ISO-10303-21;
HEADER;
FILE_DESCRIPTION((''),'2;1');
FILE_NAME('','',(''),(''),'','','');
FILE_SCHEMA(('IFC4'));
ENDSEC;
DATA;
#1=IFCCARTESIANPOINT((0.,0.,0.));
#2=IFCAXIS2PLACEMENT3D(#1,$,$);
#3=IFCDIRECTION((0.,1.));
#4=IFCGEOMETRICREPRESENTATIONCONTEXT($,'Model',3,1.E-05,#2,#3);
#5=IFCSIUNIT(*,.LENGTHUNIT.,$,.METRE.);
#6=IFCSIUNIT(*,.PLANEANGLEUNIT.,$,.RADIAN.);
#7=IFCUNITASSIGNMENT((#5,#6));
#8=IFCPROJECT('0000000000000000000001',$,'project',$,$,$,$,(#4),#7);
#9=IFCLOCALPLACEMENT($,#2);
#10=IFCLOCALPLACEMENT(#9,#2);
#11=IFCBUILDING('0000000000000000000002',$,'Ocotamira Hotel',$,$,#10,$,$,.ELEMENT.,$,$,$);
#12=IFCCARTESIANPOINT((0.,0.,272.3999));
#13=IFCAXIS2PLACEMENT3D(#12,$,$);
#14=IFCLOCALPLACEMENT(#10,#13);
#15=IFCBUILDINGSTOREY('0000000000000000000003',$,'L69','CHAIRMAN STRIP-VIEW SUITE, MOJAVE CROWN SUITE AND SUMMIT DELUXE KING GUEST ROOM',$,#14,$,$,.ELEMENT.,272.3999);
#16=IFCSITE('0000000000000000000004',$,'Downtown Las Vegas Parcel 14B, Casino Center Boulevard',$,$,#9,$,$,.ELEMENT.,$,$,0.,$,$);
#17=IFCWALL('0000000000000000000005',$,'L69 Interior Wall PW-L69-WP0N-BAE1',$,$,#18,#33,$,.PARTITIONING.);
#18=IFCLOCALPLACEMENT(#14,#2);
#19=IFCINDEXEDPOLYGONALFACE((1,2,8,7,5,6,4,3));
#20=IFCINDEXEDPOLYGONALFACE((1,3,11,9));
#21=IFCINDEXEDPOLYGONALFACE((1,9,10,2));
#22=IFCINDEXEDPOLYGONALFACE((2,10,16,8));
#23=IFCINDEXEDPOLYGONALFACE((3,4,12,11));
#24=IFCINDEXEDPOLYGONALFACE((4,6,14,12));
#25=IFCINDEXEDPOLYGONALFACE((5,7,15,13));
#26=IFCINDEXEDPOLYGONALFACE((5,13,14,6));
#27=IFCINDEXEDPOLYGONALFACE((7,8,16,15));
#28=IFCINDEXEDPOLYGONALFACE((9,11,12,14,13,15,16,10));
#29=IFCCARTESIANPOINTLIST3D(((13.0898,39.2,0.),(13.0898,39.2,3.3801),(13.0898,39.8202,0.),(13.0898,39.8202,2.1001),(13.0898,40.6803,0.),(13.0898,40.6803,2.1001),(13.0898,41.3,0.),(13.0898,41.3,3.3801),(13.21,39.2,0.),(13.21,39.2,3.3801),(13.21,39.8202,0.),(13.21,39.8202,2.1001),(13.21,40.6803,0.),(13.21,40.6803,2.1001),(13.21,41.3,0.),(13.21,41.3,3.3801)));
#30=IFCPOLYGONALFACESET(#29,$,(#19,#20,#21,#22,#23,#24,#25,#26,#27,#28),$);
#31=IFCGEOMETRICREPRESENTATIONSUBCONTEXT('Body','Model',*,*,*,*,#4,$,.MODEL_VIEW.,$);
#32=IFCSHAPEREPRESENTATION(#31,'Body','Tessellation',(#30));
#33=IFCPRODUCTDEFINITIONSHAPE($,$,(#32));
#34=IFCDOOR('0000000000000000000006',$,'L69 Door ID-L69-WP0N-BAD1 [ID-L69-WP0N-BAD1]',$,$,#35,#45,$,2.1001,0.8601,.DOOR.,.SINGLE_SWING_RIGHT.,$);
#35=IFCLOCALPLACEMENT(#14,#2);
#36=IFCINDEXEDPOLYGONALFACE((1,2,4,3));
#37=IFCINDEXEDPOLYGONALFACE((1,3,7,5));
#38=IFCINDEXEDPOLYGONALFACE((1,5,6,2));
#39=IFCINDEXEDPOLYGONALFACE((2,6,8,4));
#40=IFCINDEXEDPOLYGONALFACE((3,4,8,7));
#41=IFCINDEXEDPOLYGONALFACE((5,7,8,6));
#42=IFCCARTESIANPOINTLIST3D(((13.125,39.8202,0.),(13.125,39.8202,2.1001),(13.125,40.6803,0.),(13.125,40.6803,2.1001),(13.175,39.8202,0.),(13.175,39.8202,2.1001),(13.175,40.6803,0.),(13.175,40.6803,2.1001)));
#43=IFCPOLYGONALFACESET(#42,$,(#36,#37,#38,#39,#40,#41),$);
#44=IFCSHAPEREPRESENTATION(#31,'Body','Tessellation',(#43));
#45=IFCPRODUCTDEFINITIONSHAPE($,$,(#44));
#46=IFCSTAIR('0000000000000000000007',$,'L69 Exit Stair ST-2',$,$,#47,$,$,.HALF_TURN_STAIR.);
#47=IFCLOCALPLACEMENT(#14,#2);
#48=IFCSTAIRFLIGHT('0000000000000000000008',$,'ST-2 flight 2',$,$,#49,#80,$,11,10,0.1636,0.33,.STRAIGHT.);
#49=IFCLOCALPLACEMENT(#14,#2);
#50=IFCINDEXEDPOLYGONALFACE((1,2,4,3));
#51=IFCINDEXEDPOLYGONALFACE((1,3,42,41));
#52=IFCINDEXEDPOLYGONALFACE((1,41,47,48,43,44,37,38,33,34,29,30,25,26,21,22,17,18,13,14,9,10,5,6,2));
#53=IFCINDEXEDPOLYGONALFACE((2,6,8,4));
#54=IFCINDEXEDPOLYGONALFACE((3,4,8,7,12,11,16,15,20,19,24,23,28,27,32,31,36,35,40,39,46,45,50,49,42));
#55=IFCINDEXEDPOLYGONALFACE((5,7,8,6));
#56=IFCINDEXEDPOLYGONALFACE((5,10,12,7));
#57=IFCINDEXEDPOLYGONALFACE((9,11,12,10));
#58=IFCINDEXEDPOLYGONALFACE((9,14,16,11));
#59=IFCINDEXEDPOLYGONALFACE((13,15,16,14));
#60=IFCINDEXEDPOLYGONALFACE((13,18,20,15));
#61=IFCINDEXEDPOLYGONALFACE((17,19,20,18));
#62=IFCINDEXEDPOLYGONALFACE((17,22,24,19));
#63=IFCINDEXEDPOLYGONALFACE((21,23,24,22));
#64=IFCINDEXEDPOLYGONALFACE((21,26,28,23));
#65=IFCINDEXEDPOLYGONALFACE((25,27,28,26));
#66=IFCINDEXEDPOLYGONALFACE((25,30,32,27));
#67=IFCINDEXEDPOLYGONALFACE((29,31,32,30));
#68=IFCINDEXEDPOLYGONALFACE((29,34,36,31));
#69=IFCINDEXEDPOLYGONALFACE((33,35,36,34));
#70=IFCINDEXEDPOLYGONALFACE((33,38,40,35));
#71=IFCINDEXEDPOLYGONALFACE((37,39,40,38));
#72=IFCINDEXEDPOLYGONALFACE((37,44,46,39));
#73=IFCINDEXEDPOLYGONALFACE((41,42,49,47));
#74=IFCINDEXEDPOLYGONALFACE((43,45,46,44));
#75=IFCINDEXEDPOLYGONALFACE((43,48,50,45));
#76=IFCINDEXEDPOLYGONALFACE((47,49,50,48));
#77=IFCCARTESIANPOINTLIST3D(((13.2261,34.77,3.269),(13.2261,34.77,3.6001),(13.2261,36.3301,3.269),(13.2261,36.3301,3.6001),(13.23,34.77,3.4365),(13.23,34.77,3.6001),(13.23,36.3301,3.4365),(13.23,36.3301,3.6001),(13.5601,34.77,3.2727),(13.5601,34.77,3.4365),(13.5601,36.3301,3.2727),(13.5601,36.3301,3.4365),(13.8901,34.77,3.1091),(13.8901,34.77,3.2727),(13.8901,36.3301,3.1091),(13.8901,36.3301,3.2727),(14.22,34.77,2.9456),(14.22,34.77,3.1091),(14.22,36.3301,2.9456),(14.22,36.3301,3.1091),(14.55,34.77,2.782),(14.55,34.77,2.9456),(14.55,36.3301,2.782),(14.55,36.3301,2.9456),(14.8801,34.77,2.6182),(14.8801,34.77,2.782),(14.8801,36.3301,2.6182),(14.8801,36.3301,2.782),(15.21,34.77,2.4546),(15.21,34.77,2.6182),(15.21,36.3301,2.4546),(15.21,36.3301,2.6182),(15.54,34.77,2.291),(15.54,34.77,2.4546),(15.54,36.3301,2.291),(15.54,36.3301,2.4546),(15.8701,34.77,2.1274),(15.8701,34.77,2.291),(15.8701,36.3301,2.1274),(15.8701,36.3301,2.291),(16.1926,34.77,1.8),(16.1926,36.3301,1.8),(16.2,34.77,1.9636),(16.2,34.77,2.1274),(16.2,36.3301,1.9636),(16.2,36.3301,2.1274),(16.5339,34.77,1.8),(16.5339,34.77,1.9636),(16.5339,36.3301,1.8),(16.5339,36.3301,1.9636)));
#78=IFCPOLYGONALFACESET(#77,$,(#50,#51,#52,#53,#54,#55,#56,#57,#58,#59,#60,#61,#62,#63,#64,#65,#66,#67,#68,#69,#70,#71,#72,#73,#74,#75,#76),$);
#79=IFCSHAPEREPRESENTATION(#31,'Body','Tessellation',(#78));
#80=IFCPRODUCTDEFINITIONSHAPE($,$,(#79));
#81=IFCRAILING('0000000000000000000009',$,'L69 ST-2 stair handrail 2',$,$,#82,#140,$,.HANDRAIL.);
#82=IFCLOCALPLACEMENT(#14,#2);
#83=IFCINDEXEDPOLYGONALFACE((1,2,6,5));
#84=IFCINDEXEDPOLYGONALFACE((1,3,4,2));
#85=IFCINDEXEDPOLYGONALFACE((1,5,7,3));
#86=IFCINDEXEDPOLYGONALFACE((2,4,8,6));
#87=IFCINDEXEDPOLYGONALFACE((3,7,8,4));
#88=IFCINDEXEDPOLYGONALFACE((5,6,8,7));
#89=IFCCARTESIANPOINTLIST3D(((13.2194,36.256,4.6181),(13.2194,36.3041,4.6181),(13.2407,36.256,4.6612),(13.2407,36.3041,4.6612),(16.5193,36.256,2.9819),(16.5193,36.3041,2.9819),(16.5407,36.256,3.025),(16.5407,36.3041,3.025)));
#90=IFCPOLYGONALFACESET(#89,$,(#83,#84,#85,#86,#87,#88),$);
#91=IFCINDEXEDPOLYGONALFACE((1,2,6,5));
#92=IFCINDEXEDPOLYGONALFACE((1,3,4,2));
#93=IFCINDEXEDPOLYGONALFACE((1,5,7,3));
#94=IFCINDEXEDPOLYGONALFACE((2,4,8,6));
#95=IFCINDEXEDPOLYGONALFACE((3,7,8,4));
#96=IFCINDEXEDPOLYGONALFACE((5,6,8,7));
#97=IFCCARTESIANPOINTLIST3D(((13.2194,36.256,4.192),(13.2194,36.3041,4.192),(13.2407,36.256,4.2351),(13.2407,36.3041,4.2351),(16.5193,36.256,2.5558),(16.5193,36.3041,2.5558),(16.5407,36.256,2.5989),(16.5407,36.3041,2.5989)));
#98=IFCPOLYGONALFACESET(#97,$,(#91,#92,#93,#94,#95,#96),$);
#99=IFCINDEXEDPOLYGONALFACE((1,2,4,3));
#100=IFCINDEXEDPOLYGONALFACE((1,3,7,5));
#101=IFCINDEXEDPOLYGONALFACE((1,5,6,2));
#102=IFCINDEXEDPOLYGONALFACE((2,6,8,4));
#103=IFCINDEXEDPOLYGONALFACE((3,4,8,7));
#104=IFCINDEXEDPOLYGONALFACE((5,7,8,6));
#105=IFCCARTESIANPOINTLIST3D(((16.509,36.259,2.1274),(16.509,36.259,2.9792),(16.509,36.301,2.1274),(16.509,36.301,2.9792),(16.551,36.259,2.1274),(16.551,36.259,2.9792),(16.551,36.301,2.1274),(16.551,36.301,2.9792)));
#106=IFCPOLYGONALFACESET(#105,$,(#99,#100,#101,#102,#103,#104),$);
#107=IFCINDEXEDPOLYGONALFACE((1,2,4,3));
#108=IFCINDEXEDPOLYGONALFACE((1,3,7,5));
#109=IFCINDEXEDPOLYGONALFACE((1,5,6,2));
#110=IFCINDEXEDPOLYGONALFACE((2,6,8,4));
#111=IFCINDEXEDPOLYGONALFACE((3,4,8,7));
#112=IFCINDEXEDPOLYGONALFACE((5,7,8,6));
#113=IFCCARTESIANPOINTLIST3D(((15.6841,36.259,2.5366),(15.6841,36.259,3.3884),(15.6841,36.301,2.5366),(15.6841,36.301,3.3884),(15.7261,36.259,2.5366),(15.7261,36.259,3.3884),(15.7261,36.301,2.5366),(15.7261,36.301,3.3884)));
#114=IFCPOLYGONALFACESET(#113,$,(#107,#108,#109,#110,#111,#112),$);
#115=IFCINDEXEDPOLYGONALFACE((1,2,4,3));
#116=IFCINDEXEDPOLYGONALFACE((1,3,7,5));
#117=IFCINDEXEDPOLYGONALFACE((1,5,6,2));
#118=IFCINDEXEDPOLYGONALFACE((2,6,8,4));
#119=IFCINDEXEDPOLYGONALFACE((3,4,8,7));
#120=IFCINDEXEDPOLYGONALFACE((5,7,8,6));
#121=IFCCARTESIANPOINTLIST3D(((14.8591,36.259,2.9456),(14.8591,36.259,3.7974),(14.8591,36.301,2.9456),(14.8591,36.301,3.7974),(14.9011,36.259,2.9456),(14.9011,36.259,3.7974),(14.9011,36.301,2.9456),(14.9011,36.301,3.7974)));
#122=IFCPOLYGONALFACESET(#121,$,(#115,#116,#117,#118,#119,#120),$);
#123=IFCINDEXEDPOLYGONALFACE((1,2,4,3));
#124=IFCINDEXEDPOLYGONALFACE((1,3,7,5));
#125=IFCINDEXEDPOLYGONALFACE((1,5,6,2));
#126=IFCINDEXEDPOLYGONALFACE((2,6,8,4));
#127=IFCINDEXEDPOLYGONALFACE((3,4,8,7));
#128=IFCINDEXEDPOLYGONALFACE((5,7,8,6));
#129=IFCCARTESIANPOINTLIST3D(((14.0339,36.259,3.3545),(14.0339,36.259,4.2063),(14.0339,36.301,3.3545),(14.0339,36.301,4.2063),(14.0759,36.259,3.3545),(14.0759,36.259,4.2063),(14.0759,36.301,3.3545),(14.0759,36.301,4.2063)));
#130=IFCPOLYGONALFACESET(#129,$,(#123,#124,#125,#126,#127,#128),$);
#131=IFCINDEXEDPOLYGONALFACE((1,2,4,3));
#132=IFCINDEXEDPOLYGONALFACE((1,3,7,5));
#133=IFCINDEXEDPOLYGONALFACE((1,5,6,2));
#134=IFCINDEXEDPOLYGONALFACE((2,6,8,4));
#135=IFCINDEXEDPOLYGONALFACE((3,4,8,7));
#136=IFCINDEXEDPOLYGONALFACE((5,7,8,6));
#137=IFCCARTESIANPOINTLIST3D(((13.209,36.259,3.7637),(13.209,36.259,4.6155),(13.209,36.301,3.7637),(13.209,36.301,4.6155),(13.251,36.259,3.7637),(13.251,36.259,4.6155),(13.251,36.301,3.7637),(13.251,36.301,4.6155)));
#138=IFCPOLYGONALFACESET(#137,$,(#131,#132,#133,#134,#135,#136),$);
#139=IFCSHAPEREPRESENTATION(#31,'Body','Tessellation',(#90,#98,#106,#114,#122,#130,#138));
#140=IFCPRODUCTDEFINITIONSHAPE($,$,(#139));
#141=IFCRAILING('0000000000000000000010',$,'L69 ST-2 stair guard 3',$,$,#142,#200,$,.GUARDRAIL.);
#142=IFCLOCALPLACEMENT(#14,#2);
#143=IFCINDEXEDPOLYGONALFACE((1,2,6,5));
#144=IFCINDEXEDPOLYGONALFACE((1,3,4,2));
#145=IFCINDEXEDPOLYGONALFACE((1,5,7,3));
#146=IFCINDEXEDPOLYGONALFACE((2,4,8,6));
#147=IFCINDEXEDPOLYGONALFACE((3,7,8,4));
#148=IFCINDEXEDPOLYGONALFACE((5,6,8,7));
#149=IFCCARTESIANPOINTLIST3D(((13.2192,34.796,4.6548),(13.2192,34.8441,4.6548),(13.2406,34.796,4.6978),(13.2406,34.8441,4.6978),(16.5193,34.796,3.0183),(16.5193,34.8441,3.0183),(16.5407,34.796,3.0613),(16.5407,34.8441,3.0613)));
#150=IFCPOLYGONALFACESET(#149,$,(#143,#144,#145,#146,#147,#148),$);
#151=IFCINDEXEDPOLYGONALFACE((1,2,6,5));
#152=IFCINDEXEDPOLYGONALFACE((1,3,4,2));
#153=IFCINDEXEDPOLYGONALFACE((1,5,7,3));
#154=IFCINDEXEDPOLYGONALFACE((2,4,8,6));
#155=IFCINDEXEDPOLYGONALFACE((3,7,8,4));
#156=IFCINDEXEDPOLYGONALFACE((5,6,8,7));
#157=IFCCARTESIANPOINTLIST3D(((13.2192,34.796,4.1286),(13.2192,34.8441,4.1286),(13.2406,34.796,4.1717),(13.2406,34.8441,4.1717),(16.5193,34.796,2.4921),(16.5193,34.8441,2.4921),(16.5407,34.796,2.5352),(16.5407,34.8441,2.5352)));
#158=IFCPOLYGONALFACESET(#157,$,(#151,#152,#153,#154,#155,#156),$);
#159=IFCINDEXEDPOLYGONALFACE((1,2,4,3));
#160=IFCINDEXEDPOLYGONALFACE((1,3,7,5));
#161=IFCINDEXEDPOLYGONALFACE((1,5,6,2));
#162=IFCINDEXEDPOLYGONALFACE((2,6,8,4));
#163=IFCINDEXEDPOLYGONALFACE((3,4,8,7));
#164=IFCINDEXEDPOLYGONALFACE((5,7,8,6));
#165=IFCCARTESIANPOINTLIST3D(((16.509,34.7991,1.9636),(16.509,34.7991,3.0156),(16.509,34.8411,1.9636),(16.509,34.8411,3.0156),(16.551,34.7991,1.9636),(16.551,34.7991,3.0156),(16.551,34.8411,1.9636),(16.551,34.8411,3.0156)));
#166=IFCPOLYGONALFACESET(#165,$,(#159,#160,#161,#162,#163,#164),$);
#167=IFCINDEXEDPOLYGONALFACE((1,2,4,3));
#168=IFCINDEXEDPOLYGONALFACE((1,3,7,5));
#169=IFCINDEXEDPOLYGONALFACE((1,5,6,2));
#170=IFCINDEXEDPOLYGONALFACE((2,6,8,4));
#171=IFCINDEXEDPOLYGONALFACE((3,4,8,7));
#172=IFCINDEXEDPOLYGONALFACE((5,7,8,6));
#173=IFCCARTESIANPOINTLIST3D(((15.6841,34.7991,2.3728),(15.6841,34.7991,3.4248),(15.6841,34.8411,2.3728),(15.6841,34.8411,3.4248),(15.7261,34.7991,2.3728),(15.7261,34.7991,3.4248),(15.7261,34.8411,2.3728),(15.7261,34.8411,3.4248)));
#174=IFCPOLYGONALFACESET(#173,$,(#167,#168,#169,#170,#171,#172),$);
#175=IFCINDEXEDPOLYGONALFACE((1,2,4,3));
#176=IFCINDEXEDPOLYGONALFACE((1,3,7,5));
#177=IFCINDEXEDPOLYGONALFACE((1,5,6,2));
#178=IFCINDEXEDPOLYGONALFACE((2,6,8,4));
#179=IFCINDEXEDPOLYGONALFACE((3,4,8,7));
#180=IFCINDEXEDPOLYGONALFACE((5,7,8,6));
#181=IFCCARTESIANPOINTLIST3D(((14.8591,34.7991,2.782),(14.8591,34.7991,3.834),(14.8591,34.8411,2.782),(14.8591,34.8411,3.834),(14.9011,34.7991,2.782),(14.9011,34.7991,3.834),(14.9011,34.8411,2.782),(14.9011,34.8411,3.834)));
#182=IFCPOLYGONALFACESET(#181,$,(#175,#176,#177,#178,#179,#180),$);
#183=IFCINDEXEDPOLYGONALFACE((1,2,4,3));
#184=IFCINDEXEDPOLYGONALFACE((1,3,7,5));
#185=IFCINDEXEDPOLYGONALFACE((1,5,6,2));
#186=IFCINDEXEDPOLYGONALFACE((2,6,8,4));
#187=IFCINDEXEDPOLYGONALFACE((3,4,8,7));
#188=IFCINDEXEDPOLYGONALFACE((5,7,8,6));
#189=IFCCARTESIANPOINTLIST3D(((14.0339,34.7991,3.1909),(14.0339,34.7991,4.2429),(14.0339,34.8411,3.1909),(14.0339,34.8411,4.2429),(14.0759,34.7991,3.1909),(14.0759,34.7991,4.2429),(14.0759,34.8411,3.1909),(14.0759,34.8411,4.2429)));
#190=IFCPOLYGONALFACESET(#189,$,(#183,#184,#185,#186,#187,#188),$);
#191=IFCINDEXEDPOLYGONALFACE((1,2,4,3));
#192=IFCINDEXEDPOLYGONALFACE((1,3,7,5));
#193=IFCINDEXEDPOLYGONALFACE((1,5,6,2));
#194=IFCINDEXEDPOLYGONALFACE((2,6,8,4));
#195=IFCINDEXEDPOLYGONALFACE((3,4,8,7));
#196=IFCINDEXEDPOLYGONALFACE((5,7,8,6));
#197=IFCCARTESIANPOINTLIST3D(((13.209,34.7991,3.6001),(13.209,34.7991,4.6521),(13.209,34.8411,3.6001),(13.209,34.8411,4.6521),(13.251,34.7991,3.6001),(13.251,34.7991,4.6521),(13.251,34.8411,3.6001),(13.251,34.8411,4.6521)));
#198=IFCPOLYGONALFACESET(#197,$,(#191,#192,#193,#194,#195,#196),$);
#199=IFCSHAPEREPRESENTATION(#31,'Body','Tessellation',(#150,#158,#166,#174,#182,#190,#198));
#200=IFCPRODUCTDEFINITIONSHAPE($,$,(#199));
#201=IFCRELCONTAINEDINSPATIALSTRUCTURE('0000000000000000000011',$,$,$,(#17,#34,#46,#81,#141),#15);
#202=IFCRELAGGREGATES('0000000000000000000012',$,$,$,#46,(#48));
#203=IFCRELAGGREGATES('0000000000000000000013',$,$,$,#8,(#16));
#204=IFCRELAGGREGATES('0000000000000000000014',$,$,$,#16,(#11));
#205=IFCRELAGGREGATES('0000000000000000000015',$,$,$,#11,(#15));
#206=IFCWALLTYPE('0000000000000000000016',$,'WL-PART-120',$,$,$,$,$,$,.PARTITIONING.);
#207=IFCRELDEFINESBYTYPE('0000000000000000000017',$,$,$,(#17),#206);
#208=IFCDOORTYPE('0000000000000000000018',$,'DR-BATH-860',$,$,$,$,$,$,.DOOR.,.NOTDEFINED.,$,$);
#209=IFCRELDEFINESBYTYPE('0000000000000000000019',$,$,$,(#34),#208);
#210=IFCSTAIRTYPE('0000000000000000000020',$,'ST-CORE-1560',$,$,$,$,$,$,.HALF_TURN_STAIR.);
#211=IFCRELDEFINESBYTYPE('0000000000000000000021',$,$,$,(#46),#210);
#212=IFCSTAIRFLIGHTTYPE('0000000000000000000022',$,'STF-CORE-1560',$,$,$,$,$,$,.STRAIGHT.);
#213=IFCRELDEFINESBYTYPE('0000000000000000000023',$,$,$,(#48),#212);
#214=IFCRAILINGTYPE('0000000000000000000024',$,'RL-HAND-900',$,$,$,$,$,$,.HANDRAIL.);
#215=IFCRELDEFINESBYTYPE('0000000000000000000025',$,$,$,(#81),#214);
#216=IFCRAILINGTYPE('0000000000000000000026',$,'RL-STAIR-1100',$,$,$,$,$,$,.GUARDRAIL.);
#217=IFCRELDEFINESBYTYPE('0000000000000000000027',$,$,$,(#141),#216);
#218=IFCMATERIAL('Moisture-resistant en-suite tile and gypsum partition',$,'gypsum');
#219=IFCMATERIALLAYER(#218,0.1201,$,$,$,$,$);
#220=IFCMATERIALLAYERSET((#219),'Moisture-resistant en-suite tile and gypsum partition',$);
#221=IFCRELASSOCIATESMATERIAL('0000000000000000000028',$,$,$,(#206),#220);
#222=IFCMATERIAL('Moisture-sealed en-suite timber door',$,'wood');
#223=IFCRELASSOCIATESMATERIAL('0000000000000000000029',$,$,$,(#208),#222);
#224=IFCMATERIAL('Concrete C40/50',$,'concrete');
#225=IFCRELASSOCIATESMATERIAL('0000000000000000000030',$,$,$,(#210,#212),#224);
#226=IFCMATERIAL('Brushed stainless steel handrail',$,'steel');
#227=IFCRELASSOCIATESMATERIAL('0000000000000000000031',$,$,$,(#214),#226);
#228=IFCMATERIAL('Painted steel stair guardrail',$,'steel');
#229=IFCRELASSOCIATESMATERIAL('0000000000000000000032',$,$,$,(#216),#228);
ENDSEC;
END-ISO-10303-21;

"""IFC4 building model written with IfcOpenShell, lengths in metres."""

from ifc_helpers import new_model, si_unit, direction, frame, frame_2d, origin, origin_2d, place, context, subcontext, project, spatial, polyline, rectangle, outline, extrude, source, transform, mapped, material, layer, layer_set, type_object, element, fill, aggregate, save


model = new_model("IFC4")

# Units and contexts
model_context = context("Model", 3, precision=1e-05, world=origin(), true_north=direction((0.0, 1.0)))
body_context = subcontext(model_context, "Body", "Model", "MODEL_VIEW")
ifc_project = project(units=[si_unit("LENGTHUNIT", "METRE"), si_unit("PLANEANGLEUNIT", "RADIAN")], contexts=[model_context])

# Site, building, storey
site_placement = place(None, origin())
site = spatial("IfcSite", under=ifc_project, at=site_placement, Name="Downtown Las Vegas Parcel 14B, Casino Center Boulevard", CompositionType="ELEMENT", RefElevation=0.0)
building_placement = place(site_placement, origin())
building = spatial("IfcBuilding", under=site, at=building_placement, Name="Ocotamira Hotel", CompositionType="ELEMENT")
storey_placement = place(building_placement, frame((0.0, 0.0, 272.3999)))
storey = spatial("IfcBuildingStorey", under=building, at=storey_placement, Name="L69", Description="CHAIRMAN STRIP-VIEW SUITE, MOJAVE CROWN SUITE AND SUMMIT DELUXE KING GUEST ROOM", CompositionType="ELEMENT", Elevation=272.3999)

# Wall, opening, door
ifc_material_1 = material(Name="Moisture-resistant en-suite tile and gypsum partition", Category="gypsum")
ifc_layer_1 = layer(ifc_material_1, 0.1201)
ifc_layer_set_1 = layer_set([ifc_layer_1], Name="Moisture-resistant en-suite tile and gypsum partition")
wall_type_1 = type_object("IfcWallType", Name="WL-PART-120", PredefinedType="PARTITIONING", material=ifc_layer_set_1)
wall_1_placement = place(storey_placement, frame((13.1499, 39.2, 0.0), z_axis=(0.0, 0.0, 1.0), x_axis=(0.0, 1.0, 0.0)))
wall_1 = element("IfcWall", 1, at=wall_1_placement, inside=storey, type_object=wall_type_1, Name="L69 Interior Wall PW-L69-WP0N-BAE1", PredefinedType="PARTITIONING", context=body_context, shape_type="SweptSolid", body=[
    extrude(rectangle(XDim=2.1001, YDim=0.1201, at=frame_2d((1.05, 0.0))), origin(), (0.0, 0.0, 1.0), 3.3801),
])
opening_placement = place(wall_1_placement, frame((0.6201, 0.0, 0.0)))
opening = element("IfcOpeningElement", 2, at=opening_placement, cuts=wall_1, PredefinedType="OPENING", context=body_context, shape_type="SweptSolid", body=[
    extrude(rectangle(XDim=0.8601, YDim=2.1001, at=frame_2d((0.4302, 1.05))), frame((0.0, 0.0701, 0.0), z_axis=(0.0, -1.0, 0.0), x_axis=(1.0, 0.0, 0.0)), (0.0, 0.0, 1.0), 0.1401),
])
ifc_material_2 = material(Name="Moisture-sealed en-suite timber door", Category="wood")
door_type = type_object("IfcDoorType", Name="DR-BATH-860", OperationType="NOTDEFINED", PredefinedType="DOOR", material=ifc_material_2)
shared_shape_1 = source(origin(), body_context, "Body", "SweptSolid", [
    extrude(rectangle(XDim=0.8601, YDim=2.1001, at=frame_2d((0.4302, 1.05))), frame((0.0, 0.0249, 0.0), z_axis=(0.0, -1.0, 0.0), x_axis=(1.0, 0.0, 0.0)), (0.0, 0.0, 1.0), 0.05),
])
door_placement = place(opening_placement, origin())
door = element("IfcDoor", 3, at=door_placement, inside=storey, type_object=door_type, Name="L69 Door ID-L69-WP0N-BAD1 [ID-L69-WP0N-BAD1]", OperationType="SINGLE_SWING_RIGHT", OverallHeight=2.1001, OverallWidth=0.8601, PredefinedType="DOOR", context=body_context, shape_type="MappedRepresentation", body=[
    mapped(shared_shape_1, transform((0.0, 0.0, 0.0), scale=1.0)),
])
fill(opening, door)

# Stair, stair flight
ifc_material_3 = material(Name="Concrete C40/50", Category="concrete")
stair_type = type_object("IfcStairType", Name="ST-CORE-1560", PredefinedType="HALF_TURN_STAIR", material=ifc_material_3)
stair_placement = place(storey_placement, origin())
stair = element("IfcStair", 4, at=stair_placement, inside=storey, type_object=stair_type, Name="L69 Exit Stair ST-2", PredefinedType="HALF_TURN_STAIR")
stair_flight_type = type_object("IfcStairFlightType", Name="STF-CORE-1560", PredefinedType="STRAIGHT", material=ifc_material_3)
shared_shape_2 = source(origin(), body_context, "Body", "SweptSolid", [
    extrude(outline(polyline([(-0.0039, 0.0), (-0.0039, 0.1636), (0.3301, 0.1636), (0.3301, 0.3274), (0.6599, 0.3274), (0.6599, 0.491), (0.99, 0.491), (0.99, 0.6545), (1.3201, 0.6545), (1.3201, 0.8181), (1.6499, 0.8181), (1.6499, 0.9819), (1.98, 0.9819), (1.98, 1.1455), (2.3101, 1.1455), (2.3101, 1.3091), (2.6399, 1.3091), (2.6399, 1.4727), (2.97, 1.4727), (2.97, 1.6365), (3.3, 1.6365), (3.3, 1.8), (3.304, 1.8), (3.304, 1.469), (0.3374, 0.0), (-0.0039, 0.0)])), frame((0.0, 0.78, 0.0), z_axis=(0.0, -1.0, 0.0), x_axis=(1.0, 0.0, 0.0)), (0.0, 0.0, 1.0), 1.5601),
])
stair_flight_placement = place(storey_placement, frame((16.53, 35.55, 1.8), z_axis=(0.0, 0.0, 1.0), x_axis=(-1.0, 0.0, 0.0)))
stair_flight = element("IfcStairFlight", 5, at=stair_flight_placement, type_object=stair_flight_type, Name="ST-2 flight 2", NumberOfRisers=11, NumberOfTreads=10, PredefinedType="STRAIGHT", RiserHeight=0.1636, TreadLength=0.33, context=body_context, shape_type="MappedRepresentation", body=[
    mapped(shared_shape_2, transform((0.0, 0.0, 0.0), scale=1.0)),
])
aggregate(stair, [stair_flight])

# Railings
ifc_material_4 = material(Name="Brushed stainless steel handrail", Category="steel")
railing_type_1 = type_object("IfcRailingType", Name="RL-HAND-900", PredefinedType="HANDRAIL", material=ifc_material_4)
railing_1_placement = place(storey_placement, frame((16.53, 36.28, 2.1274)))
element("IfcRailing", 6, at=railing_1_placement, inside=storey, type_object=railing_type_1, Name="L69 ST-2 stair handrail 2", PredefinedType="HANDRAIL", context=body_context, shape_type="SweptSolid", body=[
    extrude(rectangle(XDim=0.0481, YDim=0.0481, at=origin_2d()), frame((0.0, 0.0, 0.876), z_axis=(-0.89592, 0.0, 0.444215), x_axis=(0.0, -1.0, 0.0)), (0.0, 0.0, 1.0), 3.6833),
    extrude(rectangle(XDim=0.0481, YDim=0.0481, at=origin_2d()), frame((0.0, 0.0, 0.45), z_axis=(-0.89592, 0.0, 0.444215), x_axis=(0.0, -1.0, 0.0)), (0.0, 0.0, 1.0), 3.6833),
    extrude(rectangle(XDim=0.042, YDim=0.042, at=origin_2d()), origin(), (0.0, 0.0, 1.0), 0.8518),
    extrude(rectangle(XDim=0.042, YDim=0.042, at=origin_2d()), frame((-0.825, 0.0, 0.4092)), (0.0, 0.0, 1.0), 0.8518),
    extrude(rectangle(XDim=0.042, YDim=0.042, at=origin_2d()), frame((-1.6499, 0.0, 0.8181)), (0.0, 0.0, 1.0), 0.8518),
    extrude(rectangle(XDim=0.042, YDim=0.042, at=origin_2d()), frame((-2.4751, 0.0, 1.2271)), (0.0, 0.0, 1.0), 0.8518),
    extrude(rectangle(XDim=0.042, YDim=0.042, at=origin_2d()), frame((-3.3, 0.0, 1.6362)), (0.0, 0.0, 1.0), 0.8518),
])
ifc_material_5 = material(Name="Painted steel stair guardrail", Category="steel")
railing_type_2 = type_object("IfcRailingType", Name="RL-STAIR-1100", PredefinedType="GUARDRAIL", material=ifc_material_5)
railing_2_placement = place(storey_placement, frame((16.53, 34.8201, 1.9636)))
element("IfcRailing", 7, at=railing_2_placement, inside=storey, type_object=railing_type_2, Name="L69 ST-2 stair guard 3", PredefinedType="GUARDRAIL", context=body_context, shape_type="SweptSolid", body=[
    extrude(rectangle(XDim=0.0481, YDim=0.0481, at=origin_2d()), frame((0.0, 0.0, 1.0762), z_axis=(-0.895894, 0.0, 0.444268), x_axis=(0.0, -1.0, 0.0)), (0.0, 0.0, 1.0), 3.6836),
    extrude(rectangle(XDim=0.0481, YDim=0.0481, at=origin_2d()), frame((0.0, 0.0, 0.55), z_axis=(-0.895894, 0.0, 0.444268), x_axis=(0.0, -1.0, 0.0)), (0.0, 0.0, 1.0), 3.6836),
    extrude(rectangle(XDim=0.042, YDim=0.042, at=origin_2d()), origin(), (0.0, 0.0, 1.0), 1.052),
    extrude(rectangle(XDim=0.042, YDim=0.042, at=origin_2d()), frame((-0.825, 0.0, 0.4092)), (0.0, 0.0, 1.0), 1.052),
    extrude(rectangle(XDim=0.042, YDim=0.042, at=origin_2d()), frame((-1.6499, 0.0, 0.8184)), (0.0, 0.0, 1.0), 1.052),
    extrude(rectangle(XDim=0.042, YDim=0.042, at=origin_2d()), frame((-2.4751, 0.0, 1.2273)), (0.0, 0.0, 1.0), 1.052),
    extrude(rectangle(XDim=0.042, YDim=0.042, at=origin_2d()), frame((-3.3, 0.0, 1.6365)), (0.0, 0.0, 1.0), 1.052),
])

save(model, "model.ifc")
